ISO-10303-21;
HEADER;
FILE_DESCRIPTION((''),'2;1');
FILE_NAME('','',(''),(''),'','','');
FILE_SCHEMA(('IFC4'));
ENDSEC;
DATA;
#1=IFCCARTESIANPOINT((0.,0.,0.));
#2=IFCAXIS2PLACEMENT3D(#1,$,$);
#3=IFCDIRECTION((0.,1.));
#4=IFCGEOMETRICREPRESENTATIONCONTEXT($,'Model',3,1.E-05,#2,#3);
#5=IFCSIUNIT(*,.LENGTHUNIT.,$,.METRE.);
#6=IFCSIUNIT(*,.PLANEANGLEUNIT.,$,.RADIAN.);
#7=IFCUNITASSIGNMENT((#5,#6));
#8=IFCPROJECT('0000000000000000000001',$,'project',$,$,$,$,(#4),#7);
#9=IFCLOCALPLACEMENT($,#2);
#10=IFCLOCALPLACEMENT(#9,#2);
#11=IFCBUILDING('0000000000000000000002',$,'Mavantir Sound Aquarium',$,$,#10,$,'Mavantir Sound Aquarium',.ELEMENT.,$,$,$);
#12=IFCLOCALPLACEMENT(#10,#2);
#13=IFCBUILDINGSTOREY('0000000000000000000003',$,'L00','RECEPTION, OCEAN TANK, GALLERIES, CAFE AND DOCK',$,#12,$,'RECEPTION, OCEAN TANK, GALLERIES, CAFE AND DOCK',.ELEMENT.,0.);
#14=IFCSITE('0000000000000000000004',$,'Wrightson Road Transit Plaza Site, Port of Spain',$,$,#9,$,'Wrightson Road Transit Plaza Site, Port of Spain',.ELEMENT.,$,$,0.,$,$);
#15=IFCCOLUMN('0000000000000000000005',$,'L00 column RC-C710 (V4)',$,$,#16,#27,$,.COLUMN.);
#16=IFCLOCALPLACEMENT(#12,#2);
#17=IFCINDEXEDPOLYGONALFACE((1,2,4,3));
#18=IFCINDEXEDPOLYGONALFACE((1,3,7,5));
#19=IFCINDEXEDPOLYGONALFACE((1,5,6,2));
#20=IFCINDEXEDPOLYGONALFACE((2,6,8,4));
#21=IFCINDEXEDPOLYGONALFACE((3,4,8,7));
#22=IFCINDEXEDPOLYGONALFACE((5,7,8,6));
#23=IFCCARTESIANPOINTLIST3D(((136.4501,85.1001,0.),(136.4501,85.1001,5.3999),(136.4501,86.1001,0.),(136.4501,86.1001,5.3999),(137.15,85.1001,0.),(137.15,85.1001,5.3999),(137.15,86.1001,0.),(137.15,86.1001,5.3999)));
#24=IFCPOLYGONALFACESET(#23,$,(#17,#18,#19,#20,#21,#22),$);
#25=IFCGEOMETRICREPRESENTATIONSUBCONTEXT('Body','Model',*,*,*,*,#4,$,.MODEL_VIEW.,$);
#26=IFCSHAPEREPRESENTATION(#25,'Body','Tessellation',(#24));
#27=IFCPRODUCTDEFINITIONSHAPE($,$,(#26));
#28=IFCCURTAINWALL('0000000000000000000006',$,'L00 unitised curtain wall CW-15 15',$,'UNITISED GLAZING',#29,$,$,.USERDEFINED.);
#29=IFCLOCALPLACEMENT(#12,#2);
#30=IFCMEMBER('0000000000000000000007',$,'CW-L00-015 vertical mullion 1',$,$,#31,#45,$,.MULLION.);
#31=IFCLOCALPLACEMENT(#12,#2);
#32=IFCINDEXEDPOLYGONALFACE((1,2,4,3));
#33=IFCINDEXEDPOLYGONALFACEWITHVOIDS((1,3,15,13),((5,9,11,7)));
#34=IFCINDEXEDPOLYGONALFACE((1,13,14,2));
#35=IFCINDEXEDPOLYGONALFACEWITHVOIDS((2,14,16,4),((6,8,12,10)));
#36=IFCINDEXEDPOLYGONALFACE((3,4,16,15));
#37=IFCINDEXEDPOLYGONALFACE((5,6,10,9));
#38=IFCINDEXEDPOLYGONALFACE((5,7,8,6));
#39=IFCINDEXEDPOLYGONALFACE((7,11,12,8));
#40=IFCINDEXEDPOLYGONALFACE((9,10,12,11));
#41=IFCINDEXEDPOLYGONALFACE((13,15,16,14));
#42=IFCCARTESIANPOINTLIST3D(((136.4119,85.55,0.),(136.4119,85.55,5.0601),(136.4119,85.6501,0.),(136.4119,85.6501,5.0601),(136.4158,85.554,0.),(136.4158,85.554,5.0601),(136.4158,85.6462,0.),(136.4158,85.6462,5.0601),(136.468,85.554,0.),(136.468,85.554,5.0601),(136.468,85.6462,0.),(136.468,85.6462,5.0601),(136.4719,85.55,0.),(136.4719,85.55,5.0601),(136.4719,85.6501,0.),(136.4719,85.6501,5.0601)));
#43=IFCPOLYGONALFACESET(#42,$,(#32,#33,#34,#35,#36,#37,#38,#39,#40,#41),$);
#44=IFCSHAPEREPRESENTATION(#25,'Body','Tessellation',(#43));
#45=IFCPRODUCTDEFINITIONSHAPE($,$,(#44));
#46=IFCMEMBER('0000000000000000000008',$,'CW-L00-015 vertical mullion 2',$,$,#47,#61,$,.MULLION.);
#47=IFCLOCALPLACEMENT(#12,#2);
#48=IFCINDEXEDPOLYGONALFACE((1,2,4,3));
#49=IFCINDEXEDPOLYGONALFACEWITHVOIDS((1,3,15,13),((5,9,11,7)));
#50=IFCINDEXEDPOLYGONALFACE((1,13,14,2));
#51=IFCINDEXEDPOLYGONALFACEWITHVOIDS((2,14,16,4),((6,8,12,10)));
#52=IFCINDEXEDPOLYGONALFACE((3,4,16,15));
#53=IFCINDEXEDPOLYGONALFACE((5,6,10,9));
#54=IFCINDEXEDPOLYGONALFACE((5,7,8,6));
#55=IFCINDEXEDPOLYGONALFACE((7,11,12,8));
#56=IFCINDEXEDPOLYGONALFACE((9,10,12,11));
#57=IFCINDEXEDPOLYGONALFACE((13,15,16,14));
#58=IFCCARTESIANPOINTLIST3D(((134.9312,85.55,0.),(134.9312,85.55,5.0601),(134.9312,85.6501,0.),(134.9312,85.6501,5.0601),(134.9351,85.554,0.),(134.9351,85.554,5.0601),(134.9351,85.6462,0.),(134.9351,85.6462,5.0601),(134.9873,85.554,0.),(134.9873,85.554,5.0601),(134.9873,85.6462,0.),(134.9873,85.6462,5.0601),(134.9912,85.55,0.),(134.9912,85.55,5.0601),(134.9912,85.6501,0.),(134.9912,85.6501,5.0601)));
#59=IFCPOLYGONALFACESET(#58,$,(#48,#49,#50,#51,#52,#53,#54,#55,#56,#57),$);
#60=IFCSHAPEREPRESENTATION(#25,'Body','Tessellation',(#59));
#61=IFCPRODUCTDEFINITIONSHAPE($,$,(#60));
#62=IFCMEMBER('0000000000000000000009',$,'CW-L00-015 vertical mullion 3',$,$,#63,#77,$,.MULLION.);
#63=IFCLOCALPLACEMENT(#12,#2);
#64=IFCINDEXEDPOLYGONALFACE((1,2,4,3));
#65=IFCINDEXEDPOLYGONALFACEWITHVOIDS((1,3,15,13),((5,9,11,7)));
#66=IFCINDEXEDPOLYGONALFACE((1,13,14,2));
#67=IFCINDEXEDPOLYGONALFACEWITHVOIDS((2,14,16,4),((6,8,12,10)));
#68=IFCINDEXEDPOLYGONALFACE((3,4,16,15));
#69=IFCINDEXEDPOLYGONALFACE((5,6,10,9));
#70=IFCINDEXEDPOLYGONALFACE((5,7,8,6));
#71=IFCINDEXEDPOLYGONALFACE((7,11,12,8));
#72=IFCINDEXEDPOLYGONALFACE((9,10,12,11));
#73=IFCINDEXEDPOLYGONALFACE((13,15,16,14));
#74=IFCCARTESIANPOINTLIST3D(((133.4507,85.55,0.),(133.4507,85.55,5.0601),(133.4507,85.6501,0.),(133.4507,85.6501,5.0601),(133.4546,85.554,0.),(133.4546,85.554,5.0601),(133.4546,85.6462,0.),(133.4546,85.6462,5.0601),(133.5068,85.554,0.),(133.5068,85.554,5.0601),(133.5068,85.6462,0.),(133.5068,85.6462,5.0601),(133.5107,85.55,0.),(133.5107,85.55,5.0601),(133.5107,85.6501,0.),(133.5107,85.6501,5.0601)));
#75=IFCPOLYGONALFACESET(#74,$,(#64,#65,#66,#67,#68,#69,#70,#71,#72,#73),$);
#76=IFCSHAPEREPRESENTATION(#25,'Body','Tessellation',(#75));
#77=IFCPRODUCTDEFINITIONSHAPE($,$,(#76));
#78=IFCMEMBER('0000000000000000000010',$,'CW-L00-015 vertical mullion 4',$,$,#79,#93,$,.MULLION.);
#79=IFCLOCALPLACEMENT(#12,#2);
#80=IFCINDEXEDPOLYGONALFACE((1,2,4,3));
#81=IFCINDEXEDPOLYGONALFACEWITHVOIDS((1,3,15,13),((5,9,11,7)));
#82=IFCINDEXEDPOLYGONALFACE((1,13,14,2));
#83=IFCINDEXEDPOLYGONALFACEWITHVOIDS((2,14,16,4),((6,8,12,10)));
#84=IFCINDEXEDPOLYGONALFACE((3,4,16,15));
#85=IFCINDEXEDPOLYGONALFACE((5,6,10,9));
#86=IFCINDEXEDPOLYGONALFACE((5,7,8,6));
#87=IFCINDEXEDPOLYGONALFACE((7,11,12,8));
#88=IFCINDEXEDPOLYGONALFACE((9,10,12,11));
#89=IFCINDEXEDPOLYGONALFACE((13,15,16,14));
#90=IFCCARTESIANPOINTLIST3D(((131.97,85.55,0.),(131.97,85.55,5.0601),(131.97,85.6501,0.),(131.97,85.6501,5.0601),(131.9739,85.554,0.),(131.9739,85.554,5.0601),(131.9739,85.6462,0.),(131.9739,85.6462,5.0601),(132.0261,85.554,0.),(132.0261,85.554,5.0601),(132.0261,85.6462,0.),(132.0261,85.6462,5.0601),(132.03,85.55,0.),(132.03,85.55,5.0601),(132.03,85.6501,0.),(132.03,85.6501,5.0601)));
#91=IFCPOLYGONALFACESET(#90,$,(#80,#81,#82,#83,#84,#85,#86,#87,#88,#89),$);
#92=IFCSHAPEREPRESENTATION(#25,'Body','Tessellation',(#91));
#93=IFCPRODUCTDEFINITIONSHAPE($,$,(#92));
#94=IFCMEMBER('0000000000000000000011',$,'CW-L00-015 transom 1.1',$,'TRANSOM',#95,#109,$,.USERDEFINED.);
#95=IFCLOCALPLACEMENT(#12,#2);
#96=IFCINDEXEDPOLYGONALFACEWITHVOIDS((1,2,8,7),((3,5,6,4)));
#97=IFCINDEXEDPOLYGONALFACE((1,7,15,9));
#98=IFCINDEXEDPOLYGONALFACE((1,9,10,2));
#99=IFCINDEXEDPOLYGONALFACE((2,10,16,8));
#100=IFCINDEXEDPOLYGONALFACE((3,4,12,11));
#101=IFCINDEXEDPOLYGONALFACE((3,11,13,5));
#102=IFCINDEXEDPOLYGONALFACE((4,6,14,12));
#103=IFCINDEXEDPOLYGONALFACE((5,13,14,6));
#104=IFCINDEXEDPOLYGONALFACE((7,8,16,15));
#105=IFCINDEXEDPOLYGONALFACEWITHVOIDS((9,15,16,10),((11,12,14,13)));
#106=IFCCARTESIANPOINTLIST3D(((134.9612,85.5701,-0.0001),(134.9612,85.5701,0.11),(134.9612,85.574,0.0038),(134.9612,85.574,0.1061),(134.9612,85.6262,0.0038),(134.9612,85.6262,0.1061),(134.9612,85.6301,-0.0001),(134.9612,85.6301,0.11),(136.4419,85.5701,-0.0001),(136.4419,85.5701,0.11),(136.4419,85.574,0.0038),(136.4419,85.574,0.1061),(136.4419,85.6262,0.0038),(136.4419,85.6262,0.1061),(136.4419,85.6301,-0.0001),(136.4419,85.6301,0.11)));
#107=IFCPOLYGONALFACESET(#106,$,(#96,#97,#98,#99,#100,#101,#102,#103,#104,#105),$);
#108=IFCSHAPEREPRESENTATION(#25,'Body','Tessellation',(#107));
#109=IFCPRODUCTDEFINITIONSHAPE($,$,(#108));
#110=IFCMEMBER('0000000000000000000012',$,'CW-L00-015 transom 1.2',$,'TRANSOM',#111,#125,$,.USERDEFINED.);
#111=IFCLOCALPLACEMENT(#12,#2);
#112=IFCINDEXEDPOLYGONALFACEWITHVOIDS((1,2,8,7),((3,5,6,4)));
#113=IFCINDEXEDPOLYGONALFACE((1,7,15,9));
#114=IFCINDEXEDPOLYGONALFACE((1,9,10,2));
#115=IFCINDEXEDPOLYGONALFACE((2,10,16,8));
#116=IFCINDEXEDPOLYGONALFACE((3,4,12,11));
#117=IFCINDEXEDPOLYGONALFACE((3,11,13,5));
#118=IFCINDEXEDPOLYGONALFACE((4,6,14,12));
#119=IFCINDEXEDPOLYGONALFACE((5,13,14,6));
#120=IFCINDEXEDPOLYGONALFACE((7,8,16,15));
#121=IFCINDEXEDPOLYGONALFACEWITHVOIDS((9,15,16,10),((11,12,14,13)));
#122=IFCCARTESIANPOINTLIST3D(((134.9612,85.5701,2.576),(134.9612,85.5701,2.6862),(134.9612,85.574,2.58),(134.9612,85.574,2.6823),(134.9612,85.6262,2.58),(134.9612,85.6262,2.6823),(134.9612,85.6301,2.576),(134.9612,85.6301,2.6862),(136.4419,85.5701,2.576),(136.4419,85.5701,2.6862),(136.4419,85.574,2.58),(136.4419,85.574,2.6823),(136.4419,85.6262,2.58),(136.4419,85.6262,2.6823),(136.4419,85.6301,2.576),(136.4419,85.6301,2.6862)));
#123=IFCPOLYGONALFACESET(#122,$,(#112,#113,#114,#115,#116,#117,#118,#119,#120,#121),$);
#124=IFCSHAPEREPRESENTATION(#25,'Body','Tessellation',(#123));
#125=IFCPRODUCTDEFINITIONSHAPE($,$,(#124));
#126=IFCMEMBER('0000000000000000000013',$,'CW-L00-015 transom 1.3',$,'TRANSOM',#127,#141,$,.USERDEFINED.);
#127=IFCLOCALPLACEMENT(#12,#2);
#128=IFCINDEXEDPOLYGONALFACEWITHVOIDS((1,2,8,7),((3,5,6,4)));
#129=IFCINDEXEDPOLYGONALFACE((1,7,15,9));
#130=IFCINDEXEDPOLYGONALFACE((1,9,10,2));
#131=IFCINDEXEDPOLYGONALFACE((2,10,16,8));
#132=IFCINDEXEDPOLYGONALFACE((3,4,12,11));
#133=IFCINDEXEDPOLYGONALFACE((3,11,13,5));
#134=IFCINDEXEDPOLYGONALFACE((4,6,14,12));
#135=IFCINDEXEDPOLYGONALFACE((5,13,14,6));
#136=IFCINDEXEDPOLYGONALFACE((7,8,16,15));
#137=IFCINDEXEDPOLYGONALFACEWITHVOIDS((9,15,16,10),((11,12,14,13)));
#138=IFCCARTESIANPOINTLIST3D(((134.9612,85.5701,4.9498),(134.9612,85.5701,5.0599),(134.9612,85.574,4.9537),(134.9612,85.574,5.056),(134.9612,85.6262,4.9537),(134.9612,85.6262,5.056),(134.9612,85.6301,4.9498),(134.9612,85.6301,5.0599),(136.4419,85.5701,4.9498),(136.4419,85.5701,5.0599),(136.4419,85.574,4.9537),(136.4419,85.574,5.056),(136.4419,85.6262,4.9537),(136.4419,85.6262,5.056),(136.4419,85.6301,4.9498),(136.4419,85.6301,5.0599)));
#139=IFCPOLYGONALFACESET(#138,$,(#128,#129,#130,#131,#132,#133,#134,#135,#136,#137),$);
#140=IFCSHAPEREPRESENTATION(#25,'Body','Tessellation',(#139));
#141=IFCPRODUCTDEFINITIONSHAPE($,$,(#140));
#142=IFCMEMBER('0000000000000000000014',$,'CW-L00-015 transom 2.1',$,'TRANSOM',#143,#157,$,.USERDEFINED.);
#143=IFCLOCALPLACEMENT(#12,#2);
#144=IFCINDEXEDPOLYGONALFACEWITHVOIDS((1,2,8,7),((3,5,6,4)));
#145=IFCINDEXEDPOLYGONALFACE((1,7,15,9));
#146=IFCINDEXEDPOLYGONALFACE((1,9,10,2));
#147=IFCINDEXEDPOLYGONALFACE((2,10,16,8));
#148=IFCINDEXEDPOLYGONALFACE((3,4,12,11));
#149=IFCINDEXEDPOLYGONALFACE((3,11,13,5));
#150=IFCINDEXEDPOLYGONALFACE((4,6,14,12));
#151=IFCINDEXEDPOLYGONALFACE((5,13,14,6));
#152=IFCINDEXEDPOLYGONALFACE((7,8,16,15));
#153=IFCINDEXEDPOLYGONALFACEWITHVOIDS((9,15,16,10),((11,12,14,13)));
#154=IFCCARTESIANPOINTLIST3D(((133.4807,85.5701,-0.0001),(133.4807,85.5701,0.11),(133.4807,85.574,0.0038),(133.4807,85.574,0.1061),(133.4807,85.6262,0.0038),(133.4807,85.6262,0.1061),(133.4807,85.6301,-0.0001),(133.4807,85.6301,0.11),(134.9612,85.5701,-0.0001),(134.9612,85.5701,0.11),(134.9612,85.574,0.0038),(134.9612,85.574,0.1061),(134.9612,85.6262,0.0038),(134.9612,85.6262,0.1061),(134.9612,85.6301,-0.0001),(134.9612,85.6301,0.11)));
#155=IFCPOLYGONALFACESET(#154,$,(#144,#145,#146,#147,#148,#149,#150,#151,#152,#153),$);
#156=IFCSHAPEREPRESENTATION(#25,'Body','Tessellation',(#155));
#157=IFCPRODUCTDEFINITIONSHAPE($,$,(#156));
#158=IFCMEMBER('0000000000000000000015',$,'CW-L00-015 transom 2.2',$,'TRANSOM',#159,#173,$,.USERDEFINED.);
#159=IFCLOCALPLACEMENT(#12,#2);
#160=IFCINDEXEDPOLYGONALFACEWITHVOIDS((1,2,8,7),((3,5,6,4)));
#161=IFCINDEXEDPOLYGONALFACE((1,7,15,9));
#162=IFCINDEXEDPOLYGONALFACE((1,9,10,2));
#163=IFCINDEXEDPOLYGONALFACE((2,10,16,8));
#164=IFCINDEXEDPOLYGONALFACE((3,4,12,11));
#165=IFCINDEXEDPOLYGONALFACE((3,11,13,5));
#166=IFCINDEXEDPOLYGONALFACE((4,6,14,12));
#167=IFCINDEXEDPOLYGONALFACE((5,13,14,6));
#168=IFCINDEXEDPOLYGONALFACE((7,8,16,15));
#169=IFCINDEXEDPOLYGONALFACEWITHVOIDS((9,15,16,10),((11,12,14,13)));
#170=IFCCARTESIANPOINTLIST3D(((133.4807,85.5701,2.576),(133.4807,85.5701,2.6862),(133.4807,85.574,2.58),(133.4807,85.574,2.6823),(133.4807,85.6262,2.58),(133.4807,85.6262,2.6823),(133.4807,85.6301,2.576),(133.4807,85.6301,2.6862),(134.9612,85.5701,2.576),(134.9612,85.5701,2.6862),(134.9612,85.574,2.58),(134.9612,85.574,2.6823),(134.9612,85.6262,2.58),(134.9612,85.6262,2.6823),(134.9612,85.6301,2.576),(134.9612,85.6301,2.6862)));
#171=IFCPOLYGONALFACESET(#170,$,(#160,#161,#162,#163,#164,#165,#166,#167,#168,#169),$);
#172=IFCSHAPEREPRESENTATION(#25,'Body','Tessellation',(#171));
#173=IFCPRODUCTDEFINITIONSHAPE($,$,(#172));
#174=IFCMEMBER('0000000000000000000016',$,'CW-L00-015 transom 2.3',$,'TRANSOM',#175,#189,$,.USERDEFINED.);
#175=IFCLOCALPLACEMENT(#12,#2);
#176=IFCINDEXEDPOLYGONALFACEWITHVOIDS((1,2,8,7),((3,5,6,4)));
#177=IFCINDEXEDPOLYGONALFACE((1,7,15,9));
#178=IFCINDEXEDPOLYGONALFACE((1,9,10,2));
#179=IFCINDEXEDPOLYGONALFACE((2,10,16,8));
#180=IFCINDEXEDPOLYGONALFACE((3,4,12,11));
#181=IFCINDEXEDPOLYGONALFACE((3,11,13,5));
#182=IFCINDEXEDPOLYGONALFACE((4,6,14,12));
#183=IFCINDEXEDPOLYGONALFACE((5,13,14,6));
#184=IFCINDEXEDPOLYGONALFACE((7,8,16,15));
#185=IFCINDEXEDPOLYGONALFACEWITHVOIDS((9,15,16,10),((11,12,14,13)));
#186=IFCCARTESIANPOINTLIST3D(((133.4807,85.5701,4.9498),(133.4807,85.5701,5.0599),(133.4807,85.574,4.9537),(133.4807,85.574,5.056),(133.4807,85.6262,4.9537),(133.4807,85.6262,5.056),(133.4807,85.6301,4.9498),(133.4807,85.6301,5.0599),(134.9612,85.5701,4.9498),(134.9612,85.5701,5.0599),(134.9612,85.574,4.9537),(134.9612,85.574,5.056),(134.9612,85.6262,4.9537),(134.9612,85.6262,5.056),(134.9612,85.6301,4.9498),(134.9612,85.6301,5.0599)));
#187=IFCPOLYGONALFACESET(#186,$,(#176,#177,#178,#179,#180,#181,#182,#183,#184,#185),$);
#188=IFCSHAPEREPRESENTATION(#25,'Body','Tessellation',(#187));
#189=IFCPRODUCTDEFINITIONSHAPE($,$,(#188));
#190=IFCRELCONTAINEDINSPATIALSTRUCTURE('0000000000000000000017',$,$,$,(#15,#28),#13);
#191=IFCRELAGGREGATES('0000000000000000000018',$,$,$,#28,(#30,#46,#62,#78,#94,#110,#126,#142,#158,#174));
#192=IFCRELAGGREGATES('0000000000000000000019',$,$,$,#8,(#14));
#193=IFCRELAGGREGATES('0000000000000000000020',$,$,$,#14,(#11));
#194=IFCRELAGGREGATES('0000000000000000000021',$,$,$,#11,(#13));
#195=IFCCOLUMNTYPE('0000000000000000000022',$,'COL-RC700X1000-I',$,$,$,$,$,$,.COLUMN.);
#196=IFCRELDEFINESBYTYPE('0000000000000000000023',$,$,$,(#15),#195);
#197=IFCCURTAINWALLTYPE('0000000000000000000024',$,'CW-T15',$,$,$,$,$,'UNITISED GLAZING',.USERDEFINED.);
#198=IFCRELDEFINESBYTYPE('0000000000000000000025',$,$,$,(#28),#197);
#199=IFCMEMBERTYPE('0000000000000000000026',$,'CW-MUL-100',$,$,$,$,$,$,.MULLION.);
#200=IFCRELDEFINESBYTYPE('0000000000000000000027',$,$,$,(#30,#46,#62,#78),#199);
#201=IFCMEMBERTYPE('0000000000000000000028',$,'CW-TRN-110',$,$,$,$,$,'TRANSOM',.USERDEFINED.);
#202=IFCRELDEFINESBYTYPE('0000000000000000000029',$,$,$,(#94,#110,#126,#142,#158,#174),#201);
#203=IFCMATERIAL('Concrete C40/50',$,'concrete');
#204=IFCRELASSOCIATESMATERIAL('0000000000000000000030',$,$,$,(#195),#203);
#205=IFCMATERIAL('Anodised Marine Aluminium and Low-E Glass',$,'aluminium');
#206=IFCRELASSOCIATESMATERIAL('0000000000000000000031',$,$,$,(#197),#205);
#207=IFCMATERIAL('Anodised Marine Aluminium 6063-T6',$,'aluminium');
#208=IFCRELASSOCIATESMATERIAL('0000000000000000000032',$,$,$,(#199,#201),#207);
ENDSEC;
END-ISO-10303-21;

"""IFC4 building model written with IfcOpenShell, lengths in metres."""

from ifc_helpers import new_model, si_unit, direction, frame, origin, origin_2d, place, context, subcontext, project, spatial, rectangle, hollow_rectangle, extrude, material, material_profile, profile_set, type_object, element, aggregate, save


model = new_model("IFC4")

# Units and contexts
model_context = context("Model", 3, precision=1e-05, world=origin(), true_north=direction((0.0, 1.0)))
body_context = subcontext(model_context, "Body", "Model", "MODEL_VIEW")
ifc_project = project(units=[si_unit("LENGTHUNIT", "METRE"), si_unit("PLANEANGLEUNIT", "RADIAN")], contexts=[model_context])

# Site, building, storey
site_placement = place(None, origin())
site = spatial("IfcSite", under=ifc_project, at=site_placement, Name="Wrightson Road Transit Plaza Site, Port of Spain", LongName="Wrightson Road Transit Plaza Site, Port of Spain", CompositionType="ELEMENT", RefElevation=0.0)
building_placement = place(site_placement, origin())
building = spatial("IfcBuilding", under=site, at=building_placement, Name="Mavantir Sound Aquarium", LongName="Mavantir Sound Aquarium", CompositionType="ELEMENT")
storey_placement = place(building_placement, origin())
storey = spatial("IfcBuildingStorey", under=building, at=storey_placement, Name="L00", Description="RECEPTION, OCEAN TANK, GALLERIES, CAFE AND DOCK", LongName="RECEPTION, OCEAN TANK, GALLERIES, CAFE AND DOCK", CompositionType="ELEMENT", Elevation=0.0)

# Column
ifc_material_1 = material(Name="Concrete C40/50", Category="concrete")
ifc_material_profile_1 = material_profile(ifc_material_1, rectangle(XDim=0.7, YDim=1.0, at=origin_2d()), Name="RC 700X1000")
ifc_profile_set_1 = profile_set([ifc_material_profile_1], Name="Concrete C40/50")
column_type = type_object("IfcColumnType", Name="COL-RC700X1000-I", PredefinedType="COLUMN", material=ifc_profile_set_1)
column_placement = place(storey_placement, frame((136.8, 85.6001, 0.0), z_axis=(0.0, 0.0, 1.0), x_axis=(1.0, 0.0, 0.0)))
element("IfcColumn", 1, at=column_placement, inside=storey, type_object=column_type, Name="L00 column RC-C710 (V4)", PredefinedType="COLUMN", context=body_context, shape_type="SweptSolid", body=[
    extrude(rectangle(XDim=0.7, YDim=1.0, at=origin_2d()), origin(), (0.0, 0.0, 1.0), 5.3999),
])

# Curtain wall, members
ifc_material_2 = material(Name="Anodised Marine Aluminium and Low-E Glass", Category="aluminium")
curtain_wall_type = type_object("IfcCurtainWallType", Name="CW-T15", ElementType="UNITISED GLAZING", PredefinedType="USERDEFINED", material=ifc_material_2)
curtain_wall_placement = place(storey_placement, origin())
curtain_wall = element("IfcCurtainWall", 2, at=curtain_wall_placement, inside=storey, type_object=curtain_wall_type, Name="L00 unitised curtain wall CW-15 15", ObjectType="UNITISED GLAZING", PredefinedType="USERDEFINED")
ifc_material_3 = material(Name="Anodised Marine Aluminium 6063-T6", Category="aluminium")
ifc_material_profile_2 = material_profile(ifc_material_3, hollow_rectangle(XDim=0.0601, YDim=0.1001, WallThickness=0.0039, at=origin_2d()), Name="ALU-MULLION-100X60")
ifc_profile_set_2 = profile_set([ifc_material_profile_2], Name="Anodised Marine Aluminium 6063-T6")
member_type_1 = type_object("IfcMemberType", Name="CW-MUL-100", PredefinedType="MULLION", material=ifc_profile_set_2)
member_1_placement = place(storey_placement, frame((136.4419, 85.6001, 0.0), z_axis=(0.0, 0.0, 1.0), x_axis=(1.0, 0.0, 0.0)))
member_1 = element("IfcMember", 3, at=member_1_placement, type_object=member_type_1, Name="CW-L00-015 vertical mullion 1", PredefinedType="MULLION", context=body_context, shape_type="SweptSolid", body=[
    extrude(hollow_rectangle(XDim=0.0601, YDim=0.1001, WallThickness=0.0039, at=origin_2d()), origin(), (0.0, 0.0, 1.0), 5.0601),
])
member_2_placement = place(storey_placement, frame((134.9612, 85.6001, 0.0), z_axis=(0.0, 0.0, 1.0), x_axis=(1.0, 0.0, 0.0)))
member_2 = element("IfcMember", 4, at=member_2_placement, type_object=member_type_1, Name="CW-L00-015 vertical mullion 2", PredefinedType="MULLION", context=body_context, shape_type="SweptSolid", body=[
    extrude(hollow_rectangle(XDim=0.0601, YDim=0.1001, WallThickness=0.0039, at=origin_2d()), origin(), (0.0, 0.0, 1.0), 5.0601),
])
member_3_placement = place(storey_placement, frame((133.4807, 85.6001, 0.0), z_axis=(0.0, 0.0, 1.0), x_axis=(1.0, 0.0, 0.0)))
member_3 = element("IfcMember", 5, at=member_3_placement, type_object=member_type_1, Name="CW-L00-015 vertical mullion 3", PredefinedType="MULLION", context=body_context, shape_type="SweptSolid", body=[
    extrude(hollow_rectangle(XDim=0.0601, YDim=0.1001, WallThickness=0.0039, at=origin_2d()), origin(), (0.0, 0.0, 1.0), 5.0601),
])
member_4_placement = place(storey_placement, frame((132.0, 85.6001, 0.0), z_axis=(0.0, 0.0, 1.0), x_axis=(1.0, 0.0, 0.0)))
member_4 = element("IfcMember", 6, at=member_4_placement, type_object=member_type_1, Name="CW-L00-015 vertical mullion 4", PredefinedType="MULLION", context=body_context, shape_type="SweptSolid", body=[
    extrude(hollow_rectangle(XDim=0.0601, YDim=0.1001, WallThickness=0.0039, at=origin_2d()), origin(), (0.0, 0.0, 1.0), 5.0601),
])
ifc_material_profile_3 = material_profile(ifc_material_3, hollow_rectangle(XDim=0.0601, YDim=0.1101, WallThickness=0.0039, at=origin_2d()), Name="ALU-TRANSOM-110X60")
ifc_profile_set_3 = profile_set([ifc_material_profile_3], Name="Anodised Marine Aluminium 6063-T6")
member_type_2 = type_object("IfcMemberType", Name="CW-TRN-110", ElementType="TRANSOM", PredefinedType="USERDEFINED", material=ifc_profile_set_3)
member_5_placement = place(storey_placement, frame((136.4419, 85.6001, 0.0549), z_axis=(-1.0, 0.0, 0.0), x_axis=(0.0, -1.0, 0.0)))
member_5 = element("IfcMember", 7, at=member_5_placement, type_object=member_type_2, Name="CW-L00-015 transom 1.1", ObjectType="TRANSOM", PredefinedType="USERDEFINED", context=body_context, shape_type="SweptSolid", body=[
    extrude(hollow_rectangle(XDim=0.0601, YDim=0.1101, WallThickness=0.0039, at=origin_2d()), origin(), (0.0, 0.0, 1.0), 1.4807),
])
member_6_placement = place(storey_placement, frame((136.4419, 85.6001, 2.6311), z_axis=(-1.0, 0.0, 0.0), x_axis=(0.0, -1.0, 0.0)))
member_6 = element("IfcMember", 8, at=member_6_placement, type_object=member_type_2, Name="CW-L00-015 transom 1.2", ObjectType="TRANSOM", PredefinedType="USERDEFINED", context=body_context, shape_type="SweptSolid", body=[
    extrude(hollow_rectangle(XDim=0.0601, YDim=0.1101, WallThickness=0.0039, at=origin_2d()), origin(), (0.0, 0.0, 1.0), 1.4807),
])
member_7_placement = place(storey_placement, frame((136.4419, 85.6001, 5.0049), z_axis=(-1.0, 0.0, 0.0), x_axis=(0.0, -1.0, 0.0)))
member_7 = element("IfcMember", 9, at=member_7_placement, type_object=member_type_2, Name="CW-L00-015 transom 1.3", ObjectType="TRANSOM", PredefinedType="USERDEFINED", context=body_context, shape_type="SweptSolid", body=[
    extrude(hollow_rectangle(XDim=0.0601, YDim=0.1101, WallThickness=0.0039, at=origin_2d()), origin(), (0.0, 0.0, 1.0), 1.4807),
])
member_8_placement = place(storey_placement, frame((134.9612, 85.6001, 0.0549), z_axis=(-1.0, 0.0, 0.0), x_axis=(0.0, -1.0, 0.0)))
member_8 = element("IfcMember", 10, at=member_8_placement, type_object=member_type_2, Name="CW-L00-015 transom 2.1", ObjectType="TRANSOM", PredefinedType="USERDEFINED", context=body_context, shape_type="SweptSolid", body=[
    extrude(hollow_rectangle(XDim=0.0601, YDim=0.1101, WallThickness=0.0039, at=origin_2d()), origin(), (0.0, 0.0, 1.0), 1.4805),
])
member_9_placement = place(storey_placement, frame((134.9612, 85.6001, 2.6311), z_axis=(-1.0, 0.0, 0.0), x_axis=(0.0, -1.0, 0.0)))
member_9 = element("IfcMember", 11, at=member_9_placement, type_object=member_type_2, Name="CW-L00-015 transom 2.2", ObjectType="TRANSOM", PredefinedType="USERDEFINED", context=body_context, shape_type="SweptSolid", body=[
    extrude(hollow_rectangle(XDim=0.0601, YDim=0.1101, WallThickness=0.0039, at=origin_2d()), origin(), (0.0, 0.0, 1.0), 1.4805),
])
member_10_placement = place(storey_placement, frame((134.9612, 85.6001, 5.0049), z_axis=(-1.0, 0.0, 0.0), x_axis=(0.0, -1.0, 0.0)))
member_10 = element("IfcMember", 12, at=member_10_placement, type_object=member_type_2, Name="CW-L00-015 transom 2.3", ObjectType="TRANSOM", PredefinedType="USERDEFINED", context=body_context, shape_type="SweptSolid", body=[
    extrude(hollow_rectangle(XDim=0.0601, YDim=0.1101, WallThickness=0.0039, at=origin_2d()), origin(), (0.0, 0.0, 1.0), 1.4805),
])
aggregate(curtain_wall, [member_1, member_2, member_3, member_4, member_5, member_6, member_7, member_8, member_9, member_10])

save(model, "model.ifc")
